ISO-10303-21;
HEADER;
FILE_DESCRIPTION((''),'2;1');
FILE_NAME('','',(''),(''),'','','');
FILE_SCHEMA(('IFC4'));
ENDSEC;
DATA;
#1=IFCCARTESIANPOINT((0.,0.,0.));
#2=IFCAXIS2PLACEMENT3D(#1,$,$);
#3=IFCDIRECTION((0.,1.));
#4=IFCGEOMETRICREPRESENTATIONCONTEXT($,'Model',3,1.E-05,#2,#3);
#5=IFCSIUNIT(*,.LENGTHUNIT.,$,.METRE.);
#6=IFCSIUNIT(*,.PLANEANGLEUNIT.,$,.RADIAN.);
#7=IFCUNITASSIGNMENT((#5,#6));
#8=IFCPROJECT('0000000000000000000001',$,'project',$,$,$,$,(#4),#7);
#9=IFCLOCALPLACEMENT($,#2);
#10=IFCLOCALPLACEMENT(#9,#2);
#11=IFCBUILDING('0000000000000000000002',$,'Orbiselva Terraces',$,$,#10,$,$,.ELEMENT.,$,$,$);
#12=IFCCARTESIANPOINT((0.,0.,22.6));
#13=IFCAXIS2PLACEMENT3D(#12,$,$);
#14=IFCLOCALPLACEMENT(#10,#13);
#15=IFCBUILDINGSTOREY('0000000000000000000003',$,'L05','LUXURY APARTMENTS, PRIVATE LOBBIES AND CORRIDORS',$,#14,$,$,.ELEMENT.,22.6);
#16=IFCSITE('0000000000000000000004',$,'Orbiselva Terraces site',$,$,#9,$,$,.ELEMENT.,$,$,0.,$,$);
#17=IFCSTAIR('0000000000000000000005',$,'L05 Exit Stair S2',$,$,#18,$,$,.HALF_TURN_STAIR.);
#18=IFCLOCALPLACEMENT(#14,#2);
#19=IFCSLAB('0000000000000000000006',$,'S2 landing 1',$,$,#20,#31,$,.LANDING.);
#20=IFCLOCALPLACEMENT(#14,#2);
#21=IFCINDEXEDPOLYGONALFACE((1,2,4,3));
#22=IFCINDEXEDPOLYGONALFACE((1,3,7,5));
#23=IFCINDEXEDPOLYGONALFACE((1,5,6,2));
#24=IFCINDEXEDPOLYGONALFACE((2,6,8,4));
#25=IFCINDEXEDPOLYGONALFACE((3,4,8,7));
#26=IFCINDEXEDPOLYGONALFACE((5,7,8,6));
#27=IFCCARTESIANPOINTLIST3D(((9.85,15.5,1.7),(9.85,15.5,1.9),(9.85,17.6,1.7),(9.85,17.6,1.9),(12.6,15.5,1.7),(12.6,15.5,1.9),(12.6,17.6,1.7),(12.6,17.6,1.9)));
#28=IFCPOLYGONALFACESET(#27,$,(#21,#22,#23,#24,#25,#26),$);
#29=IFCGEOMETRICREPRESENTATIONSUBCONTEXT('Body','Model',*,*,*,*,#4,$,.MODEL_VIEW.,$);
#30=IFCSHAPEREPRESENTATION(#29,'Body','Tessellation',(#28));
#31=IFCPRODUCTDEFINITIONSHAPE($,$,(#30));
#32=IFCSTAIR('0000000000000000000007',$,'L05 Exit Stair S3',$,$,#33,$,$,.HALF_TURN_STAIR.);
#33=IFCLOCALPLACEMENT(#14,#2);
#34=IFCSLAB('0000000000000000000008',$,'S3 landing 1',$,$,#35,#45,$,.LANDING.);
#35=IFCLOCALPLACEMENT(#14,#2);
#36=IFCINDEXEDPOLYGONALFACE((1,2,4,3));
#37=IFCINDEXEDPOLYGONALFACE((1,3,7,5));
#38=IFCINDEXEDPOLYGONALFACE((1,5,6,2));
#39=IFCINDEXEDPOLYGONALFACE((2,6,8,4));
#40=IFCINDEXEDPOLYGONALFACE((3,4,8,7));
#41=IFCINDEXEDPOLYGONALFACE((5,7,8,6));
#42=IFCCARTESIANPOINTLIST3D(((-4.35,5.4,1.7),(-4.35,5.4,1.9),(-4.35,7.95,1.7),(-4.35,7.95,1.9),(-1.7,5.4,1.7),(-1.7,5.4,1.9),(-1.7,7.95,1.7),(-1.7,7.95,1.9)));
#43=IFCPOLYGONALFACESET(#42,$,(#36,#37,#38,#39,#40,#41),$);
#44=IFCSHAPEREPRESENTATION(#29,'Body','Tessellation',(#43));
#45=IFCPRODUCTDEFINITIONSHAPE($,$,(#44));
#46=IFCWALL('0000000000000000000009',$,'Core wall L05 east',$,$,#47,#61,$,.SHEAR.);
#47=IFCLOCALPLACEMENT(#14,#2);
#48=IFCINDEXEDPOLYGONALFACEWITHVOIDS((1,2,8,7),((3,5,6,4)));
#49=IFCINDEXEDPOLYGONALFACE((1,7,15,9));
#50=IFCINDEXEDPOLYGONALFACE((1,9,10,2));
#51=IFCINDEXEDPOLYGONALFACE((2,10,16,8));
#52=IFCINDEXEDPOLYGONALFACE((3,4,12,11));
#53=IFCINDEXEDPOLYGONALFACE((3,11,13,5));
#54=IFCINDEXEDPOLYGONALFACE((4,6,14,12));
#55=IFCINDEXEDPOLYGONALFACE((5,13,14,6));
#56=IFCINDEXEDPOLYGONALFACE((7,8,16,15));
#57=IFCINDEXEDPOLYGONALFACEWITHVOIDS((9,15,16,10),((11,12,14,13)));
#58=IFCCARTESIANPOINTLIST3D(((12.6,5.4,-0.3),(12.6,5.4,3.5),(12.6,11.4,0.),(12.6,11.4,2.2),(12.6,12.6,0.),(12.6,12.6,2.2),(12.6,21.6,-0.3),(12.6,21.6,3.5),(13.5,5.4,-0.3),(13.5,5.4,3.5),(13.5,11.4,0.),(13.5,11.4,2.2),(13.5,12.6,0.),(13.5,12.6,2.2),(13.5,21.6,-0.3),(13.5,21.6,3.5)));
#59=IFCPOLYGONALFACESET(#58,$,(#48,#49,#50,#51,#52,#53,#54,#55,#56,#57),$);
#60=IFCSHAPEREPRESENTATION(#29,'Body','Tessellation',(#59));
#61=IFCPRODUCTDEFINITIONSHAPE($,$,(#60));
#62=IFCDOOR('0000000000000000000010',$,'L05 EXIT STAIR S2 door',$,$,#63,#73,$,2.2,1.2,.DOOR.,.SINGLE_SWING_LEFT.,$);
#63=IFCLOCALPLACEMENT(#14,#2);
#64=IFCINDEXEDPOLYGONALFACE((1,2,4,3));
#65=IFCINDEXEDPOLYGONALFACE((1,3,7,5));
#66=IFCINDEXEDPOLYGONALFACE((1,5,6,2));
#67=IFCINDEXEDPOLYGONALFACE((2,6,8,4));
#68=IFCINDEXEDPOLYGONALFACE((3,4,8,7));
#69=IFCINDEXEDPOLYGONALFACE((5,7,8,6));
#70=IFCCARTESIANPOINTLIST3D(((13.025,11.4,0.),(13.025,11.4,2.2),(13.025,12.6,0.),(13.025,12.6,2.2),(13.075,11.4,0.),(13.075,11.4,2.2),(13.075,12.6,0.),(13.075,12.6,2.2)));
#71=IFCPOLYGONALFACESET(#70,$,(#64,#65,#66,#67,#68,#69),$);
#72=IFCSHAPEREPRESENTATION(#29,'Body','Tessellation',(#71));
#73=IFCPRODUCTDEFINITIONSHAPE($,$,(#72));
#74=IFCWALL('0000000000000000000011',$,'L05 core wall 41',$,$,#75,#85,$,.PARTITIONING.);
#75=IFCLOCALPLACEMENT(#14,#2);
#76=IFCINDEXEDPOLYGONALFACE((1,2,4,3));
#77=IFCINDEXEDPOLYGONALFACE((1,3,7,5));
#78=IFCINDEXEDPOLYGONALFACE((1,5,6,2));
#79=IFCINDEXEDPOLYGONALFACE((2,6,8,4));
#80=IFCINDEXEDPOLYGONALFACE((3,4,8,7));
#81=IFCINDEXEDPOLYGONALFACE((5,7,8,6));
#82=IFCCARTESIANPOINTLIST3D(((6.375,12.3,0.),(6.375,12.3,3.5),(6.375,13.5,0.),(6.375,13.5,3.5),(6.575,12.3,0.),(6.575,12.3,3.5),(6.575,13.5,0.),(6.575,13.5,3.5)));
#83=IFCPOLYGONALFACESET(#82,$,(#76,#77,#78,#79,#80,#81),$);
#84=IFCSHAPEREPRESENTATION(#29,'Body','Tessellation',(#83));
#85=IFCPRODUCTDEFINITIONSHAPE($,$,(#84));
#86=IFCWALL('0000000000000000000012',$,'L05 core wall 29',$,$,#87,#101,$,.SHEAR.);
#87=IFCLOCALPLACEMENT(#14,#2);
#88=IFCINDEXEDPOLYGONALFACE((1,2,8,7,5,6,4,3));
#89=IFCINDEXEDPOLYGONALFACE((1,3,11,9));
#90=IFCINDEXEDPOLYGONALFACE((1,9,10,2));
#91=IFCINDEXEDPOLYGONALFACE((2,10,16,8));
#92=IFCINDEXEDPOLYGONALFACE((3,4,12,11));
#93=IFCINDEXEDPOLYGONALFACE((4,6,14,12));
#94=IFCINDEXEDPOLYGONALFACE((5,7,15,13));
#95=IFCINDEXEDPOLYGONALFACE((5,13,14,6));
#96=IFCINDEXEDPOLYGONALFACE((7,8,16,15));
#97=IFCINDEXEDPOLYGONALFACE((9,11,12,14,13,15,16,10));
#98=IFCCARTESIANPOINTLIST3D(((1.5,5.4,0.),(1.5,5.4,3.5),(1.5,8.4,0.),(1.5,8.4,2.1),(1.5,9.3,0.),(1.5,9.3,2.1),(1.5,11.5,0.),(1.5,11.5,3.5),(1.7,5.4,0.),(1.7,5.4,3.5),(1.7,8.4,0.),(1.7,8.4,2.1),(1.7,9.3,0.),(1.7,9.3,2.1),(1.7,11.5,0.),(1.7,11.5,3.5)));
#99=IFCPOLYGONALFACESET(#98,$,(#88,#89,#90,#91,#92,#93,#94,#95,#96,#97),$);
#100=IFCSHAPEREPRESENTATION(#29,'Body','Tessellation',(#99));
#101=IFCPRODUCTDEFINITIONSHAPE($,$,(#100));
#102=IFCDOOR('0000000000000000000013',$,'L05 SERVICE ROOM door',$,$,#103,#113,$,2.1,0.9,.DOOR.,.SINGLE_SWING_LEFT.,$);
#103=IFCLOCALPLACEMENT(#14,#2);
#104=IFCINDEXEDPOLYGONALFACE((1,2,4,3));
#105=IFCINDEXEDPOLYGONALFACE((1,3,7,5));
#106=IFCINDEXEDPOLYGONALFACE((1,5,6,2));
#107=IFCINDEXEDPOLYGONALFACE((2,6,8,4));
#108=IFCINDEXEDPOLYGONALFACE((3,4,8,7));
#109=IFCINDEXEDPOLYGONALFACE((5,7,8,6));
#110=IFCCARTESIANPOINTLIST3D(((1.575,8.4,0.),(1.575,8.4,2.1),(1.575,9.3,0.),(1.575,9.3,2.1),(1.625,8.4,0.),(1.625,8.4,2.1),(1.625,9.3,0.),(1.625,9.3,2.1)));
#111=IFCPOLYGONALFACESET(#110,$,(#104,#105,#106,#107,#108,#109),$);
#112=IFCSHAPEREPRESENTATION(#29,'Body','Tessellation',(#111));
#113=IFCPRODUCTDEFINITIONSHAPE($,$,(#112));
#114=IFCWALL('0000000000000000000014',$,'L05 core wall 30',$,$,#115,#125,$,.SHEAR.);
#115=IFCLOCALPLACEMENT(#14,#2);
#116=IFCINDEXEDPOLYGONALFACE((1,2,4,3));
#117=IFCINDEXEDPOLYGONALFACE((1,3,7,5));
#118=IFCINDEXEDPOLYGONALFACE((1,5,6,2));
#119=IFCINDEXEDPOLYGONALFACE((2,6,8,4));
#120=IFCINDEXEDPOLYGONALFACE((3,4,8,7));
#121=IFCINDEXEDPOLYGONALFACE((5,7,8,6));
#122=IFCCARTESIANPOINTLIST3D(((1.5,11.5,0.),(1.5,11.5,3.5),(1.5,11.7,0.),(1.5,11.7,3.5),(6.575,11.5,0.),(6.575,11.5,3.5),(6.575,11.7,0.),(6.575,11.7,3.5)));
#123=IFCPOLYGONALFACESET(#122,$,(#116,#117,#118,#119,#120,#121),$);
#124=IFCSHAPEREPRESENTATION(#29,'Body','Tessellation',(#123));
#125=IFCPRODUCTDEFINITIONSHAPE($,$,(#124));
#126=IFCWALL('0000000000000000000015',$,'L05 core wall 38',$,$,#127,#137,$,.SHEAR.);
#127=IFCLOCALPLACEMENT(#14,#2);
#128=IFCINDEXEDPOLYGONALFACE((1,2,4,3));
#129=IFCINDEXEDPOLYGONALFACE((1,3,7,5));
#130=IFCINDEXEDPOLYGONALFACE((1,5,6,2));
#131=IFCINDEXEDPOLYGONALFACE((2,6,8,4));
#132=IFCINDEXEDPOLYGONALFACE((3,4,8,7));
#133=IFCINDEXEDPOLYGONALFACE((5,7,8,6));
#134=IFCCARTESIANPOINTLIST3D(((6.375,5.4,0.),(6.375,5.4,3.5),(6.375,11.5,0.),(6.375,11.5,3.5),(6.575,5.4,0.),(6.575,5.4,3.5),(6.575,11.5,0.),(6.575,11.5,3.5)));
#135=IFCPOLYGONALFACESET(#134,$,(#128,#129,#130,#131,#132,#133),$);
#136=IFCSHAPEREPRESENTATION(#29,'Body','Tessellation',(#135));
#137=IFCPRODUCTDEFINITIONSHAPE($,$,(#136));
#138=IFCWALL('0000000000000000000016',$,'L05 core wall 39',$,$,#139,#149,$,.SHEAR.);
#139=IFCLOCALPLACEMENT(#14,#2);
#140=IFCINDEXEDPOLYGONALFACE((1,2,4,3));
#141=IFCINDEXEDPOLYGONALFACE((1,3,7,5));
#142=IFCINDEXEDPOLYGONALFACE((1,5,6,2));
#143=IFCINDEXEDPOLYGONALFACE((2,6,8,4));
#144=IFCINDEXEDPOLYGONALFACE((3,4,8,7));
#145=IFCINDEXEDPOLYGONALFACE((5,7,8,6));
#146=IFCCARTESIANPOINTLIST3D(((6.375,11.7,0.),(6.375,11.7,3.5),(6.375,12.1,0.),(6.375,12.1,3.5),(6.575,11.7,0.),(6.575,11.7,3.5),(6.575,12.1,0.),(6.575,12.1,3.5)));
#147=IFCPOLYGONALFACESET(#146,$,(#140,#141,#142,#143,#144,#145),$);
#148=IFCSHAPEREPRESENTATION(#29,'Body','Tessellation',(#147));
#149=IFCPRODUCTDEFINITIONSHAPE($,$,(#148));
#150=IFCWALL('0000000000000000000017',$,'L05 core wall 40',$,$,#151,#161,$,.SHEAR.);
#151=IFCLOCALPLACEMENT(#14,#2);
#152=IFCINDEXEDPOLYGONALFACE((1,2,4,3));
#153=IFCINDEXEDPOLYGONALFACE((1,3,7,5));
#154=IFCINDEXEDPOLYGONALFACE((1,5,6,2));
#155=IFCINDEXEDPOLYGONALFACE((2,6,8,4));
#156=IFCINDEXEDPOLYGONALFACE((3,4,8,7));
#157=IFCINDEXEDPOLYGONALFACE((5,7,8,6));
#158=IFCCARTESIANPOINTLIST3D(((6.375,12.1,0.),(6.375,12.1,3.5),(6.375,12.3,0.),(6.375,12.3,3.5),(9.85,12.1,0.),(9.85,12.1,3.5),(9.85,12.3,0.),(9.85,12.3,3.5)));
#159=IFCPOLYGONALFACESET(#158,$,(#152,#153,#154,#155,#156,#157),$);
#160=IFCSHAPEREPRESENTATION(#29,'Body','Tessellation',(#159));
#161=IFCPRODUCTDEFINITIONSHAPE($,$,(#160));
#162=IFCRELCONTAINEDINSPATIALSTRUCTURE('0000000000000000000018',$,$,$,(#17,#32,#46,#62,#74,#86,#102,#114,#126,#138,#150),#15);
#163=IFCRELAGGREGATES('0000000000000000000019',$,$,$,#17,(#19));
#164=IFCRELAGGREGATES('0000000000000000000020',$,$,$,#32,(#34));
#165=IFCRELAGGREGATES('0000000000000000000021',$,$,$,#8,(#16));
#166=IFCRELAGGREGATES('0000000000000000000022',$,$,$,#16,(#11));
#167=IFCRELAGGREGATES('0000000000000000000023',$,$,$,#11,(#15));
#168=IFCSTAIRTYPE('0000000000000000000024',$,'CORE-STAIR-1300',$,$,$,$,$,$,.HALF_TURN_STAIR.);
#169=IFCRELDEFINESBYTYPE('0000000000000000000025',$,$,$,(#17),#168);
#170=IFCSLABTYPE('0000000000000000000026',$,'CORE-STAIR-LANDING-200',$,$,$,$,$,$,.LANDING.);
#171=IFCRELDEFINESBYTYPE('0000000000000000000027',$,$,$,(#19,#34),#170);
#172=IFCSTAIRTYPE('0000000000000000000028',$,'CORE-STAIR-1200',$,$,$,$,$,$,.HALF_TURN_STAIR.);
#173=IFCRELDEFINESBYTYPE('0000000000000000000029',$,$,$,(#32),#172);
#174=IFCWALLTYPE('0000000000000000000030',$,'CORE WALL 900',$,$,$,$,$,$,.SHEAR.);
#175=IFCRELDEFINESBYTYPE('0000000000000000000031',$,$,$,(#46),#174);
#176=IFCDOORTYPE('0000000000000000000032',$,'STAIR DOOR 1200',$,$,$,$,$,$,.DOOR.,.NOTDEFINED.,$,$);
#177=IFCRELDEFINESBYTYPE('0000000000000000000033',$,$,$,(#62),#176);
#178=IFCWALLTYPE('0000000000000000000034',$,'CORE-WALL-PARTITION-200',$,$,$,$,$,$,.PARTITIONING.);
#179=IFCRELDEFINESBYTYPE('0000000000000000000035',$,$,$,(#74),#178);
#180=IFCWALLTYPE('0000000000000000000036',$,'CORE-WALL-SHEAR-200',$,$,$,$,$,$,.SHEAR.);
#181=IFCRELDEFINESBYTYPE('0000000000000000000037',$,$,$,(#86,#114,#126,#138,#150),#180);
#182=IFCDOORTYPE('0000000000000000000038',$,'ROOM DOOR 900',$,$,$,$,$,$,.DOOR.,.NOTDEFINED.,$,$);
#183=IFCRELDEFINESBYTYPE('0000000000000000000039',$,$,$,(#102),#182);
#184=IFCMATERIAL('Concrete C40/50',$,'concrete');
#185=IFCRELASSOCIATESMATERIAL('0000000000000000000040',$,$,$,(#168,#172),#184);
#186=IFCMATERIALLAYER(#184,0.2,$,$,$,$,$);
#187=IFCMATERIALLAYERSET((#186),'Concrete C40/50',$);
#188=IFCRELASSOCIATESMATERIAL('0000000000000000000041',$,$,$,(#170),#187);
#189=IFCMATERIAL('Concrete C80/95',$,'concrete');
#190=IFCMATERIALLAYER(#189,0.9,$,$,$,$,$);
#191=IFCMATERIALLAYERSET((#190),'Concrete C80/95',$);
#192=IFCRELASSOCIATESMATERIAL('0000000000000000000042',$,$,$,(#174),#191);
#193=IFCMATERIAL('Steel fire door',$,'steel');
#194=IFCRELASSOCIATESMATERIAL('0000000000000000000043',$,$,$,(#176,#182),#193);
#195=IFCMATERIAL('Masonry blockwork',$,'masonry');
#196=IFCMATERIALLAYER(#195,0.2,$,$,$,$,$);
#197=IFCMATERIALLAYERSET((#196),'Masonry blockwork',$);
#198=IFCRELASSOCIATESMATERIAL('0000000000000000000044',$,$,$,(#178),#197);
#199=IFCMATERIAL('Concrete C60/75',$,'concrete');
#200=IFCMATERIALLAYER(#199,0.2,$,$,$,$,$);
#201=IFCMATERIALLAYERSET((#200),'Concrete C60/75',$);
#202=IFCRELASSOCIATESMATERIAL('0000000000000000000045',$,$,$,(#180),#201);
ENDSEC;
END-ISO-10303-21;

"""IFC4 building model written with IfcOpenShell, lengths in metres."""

from ifc_helpers import new_model, si_unit, direction, frame, frame_2d, origin, place, context, subcontext, project, spatial, polyline, rectangle, outline, extrude, material, layer, layer_set, type_object, element, fill, aggregate, save


model = new_model("IFC4")

# Units and contexts
model_context = context("Model", 3, precision=1e-05, world=origin(), true_north=direction((0.0, 1.0)))
body_context = subcontext(model_context, "Body", "Model", "MODEL_VIEW")
ifc_project = project(units=[si_unit("LENGTHUNIT", "METRE"), si_unit("PLANEANGLEUNIT", "RADIAN")], contexts=[model_context])

# Site, building, storey
site_placement = place(None, origin())
site = spatial("IfcSite", under=ifc_project, at=site_placement, Name="Orbiselva Terraces site", CompositionType="ELEMENT", RefElevation=0.0)
building_placement = place(site_placement, origin())
building = spatial("IfcBuilding", under=site, at=building_placement, Name="Orbiselva Terraces", CompositionType="ELEMENT")
storey_placement = place(building_placement, frame((0.0, 0.0, 22.6)))
storey = spatial("IfcBuildingStorey", under=building, at=storey_placement, Name="L05", Description="LUXURY APARTMENTS, PRIVATE LOBBIES AND CORRIDORS", CompositionType="ELEMENT", Elevation=22.6)

# Stairs, slabs
ifc_material_1 = material(Name="Concrete C40/50", Category="concrete")
stair_type_1 = type_object("IfcStairType", Name="CORE-STAIR-1300", PredefinedType="HALF_TURN_STAIR", material=ifc_material_1)
stair_1_placement = place(storey_placement, origin())
stair_1 = element("IfcStair", 1, at=stair_1_placement, inside=storey, type_object=stair_type_1, Name="L05 Exit Stair S2", PredefinedType="HALF_TURN_STAIR")
ifc_layer_1 = layer(ifc_material_1, 0.2)
ifc_layer_set_1 = layer_set([ifc_layer_1], Name="Concrete C40/50")
slab_type = type_object("IfcSlabType", Name="CORE-STAIR-LANDING-200", PredefinedType="LANDING", material=ifc_layer_set_1)
slab_1_placement = place(storey_placement, frame((0.0, 0.0, 1.7)))
slab_1 = element("IfcSlab", 2, at=slab_1_placement, type_object=slab_type, Name="S2 landing 1", PredefinedType="LANDING", context=body_context, shape_type="SweptSolid", body=[
    extrude(outline(polyline([(12.6, 15.5), (12.6, 17.6), (9.85, 17.6), (9.85, 15.5), (12.6, 15.5)])), origin(), (0.0, 0.0, 1.0), 0.2),
])
aggregate(stair_1, [slab_1])
stair_type_2 = type_object("IfcStairType", Name="CORE-STAIR-1200", PredefinedType="HALF_TURN_STAIR", material=ifc_material_1)
stair_2_placement = place(storey_placement, origin())
stair_2 = element("IfcStair", 3, at=stair_2_placement, inside=storey, type_object=stair_type_2, Name="L05 Exit Stair S3", PredefinedType="HALF_TURN_STAIR")
slab_2_placement = place(storey_placement, frame((0.0, 0.0, 1.7)))
slab_2 = element("IfcSlab", 4, at=slab_2_placement, type_object=slab_type, Name="S3 landing 1", PredefinedType="LANDING", context=body_context, shape_type="SweptSolid", body=[
    extrude(outline(polyline([(-4.35, 5.4), (-1.7, 5.4), (-1.7, 7.95), (-4.35, 7.95), (-4.35, 5.4)])), origin(), (0.0, 0.0, 1.0), 0.2),
])
aggregate(stair_2, [slab_2])

# Wall, opening, door
ifc_material_2 = material(Name="Concrete C80/95", Category="concrete")
ifc_layer_2 = layer(ifc_material_2, 0.9)
ifc_layer_set_2 = layer_set([ifc_layer_2], Name="Concrete C80/95")
wall_type_1 = type_object("IfcWallType", Name="CORE WALL 900", PredefinedType="SHEAR", material=ifc_layer_set_2)
wall_1_placement = place(storey_placement, frame((13.05, 5.4, -0.3), z_axis=(0.0, 0.0, 1.0), x_axis=(0.0, 1.0, 0.0)))
wall_1 = element("IfcWall", 5, at=wall_1_placement, inside=storey, type_object=wall_type_1, Name="Core wall L05 east", PredefinedType="SHEAR", context=body_context, shape_type="SweptSolid", body=[
    extrude(rectangle(XDim=16.2, YDim=0.9, at=frame_2d((8.1, 0.0))), origin(), (0.0, 0.0, 1.0), 3.8),
])
opening_1_placement = place(wall_1_placement, frame((6.0, 0.0, 0.3)))
opening_1 = element("IfcOpeningElement", 6, at=opening_1_placement, cuts=wall_1, PredefinedType="OPENING", context=body_context, shape_type="SweptSolid", body=[
    extrude(rectangle(XDim=1.2, YDim=2.2, at=frame_2d((0.6, 1.1))), frame((0.0, 0.46, 0.0), z_axis=(0.0, -1.0, 0.0), x_axis=(1.0, 0.0, 0.0)), (0.0, 0.0, 1.0), 0.92),
])
ifc_material_3 = material(Name="Steel fire door", Category="steel")
door_type_1 = type_object("IfcDoorType", Name="STAIR DOOR 1200", OperationType="NOTDEFINED", PredefinedType="DOOR", material=ifc_material_3)
door_1_placement = place(opening_1_placement, frame((1.2, 0.0, 0.0), z_axis=(0.0, 0.0, 1.0), x_axis=(-1.0, 0.0, 0.0)))
door_1 = element("IfcDoor", 7, at=door_1_placement, inside=storey, type_object=door_type_1, Name="L05 EXIT STAIR S2 door", OperationType="SINGLE_SWING_LEFT", OverallHeight=2.2, OverallWidth=1.2, PredefinedType="DOOR", context=body_context, shape_type="SweptSolid", body=[
    extrude(rectangle(XDim=1.2, YDim=2.2, at=frame_2d((0.6, 1.1))), frame((0.0, 0.025, 0.0), z_axis=(0.0, -1.0, 0.0), x_axis=(1.0, 0.0, 0.0)), (0.0, 0.0, 1.0), 0.05),
])
fill(opening_1, door_1)

# Wall
ifc_material_4 = material(Name="Masonry blockwork", Category="masonry")
ifc_layer_3 = layer(ifc_material_4, 0.2)
ifc_layer_set_3 = layer_set([ifc_layer_3], Name="Masonry blockwork")
wall_type_2 = type_object("IfcWallType", Name="CORE-WALL-PARTITION-200", PredefinedType="PARTITIONING", material=ifc_layer_set_3)
wall_2_placement = place(storey_placement, frame((6.475, 12.3, 0.0), z_axis=(0.0, 0.0, 1.0), x_axis=(0.0, 1.0, 0.0)))
element("IfcWall", 8, at=wall_2_placement, inside=storey, type_object=wall_type_2, Name="L05 core wall 41", PredefinedType="PARTITIONING", context=body_context, shape_type="SweptSolid", body=[
    extrude(rectangle(XDim=1.2, YDim=0.2, at=frame_2d((0.6, 0.0))), origin(), (0.0, 0.0, 1.0), 3.5),
])

# Wall, opening, door
ifc_material_5 = material(Name="Concrete C60/75", Category="concrete")
ifc_layer_4 = layer(ifc_material_5, 0.2)
ifc_layer_set_4 = layer_set([ifc_layer_4], Name="Concrete C60/75")
wall_type_3 = type_object("IfcWallType", Name="CORE-WALL-SHEAR-200", PredefinedType="SHEAR", material=ifc_layer_set_4)
wall_3_placement = place(storey_placement, frame((1.6, 11.5, 0.0), z_axis=(0.0, 0.0, 1.0), x_axis=(0.0, -1.0, 0.0)))
wall_3 = element("IfcWall", 9, at=wall_3_placement, inside=storey, type_object=wall_type_3, Name="L05 core wall 29", PredefinedType="SHEAR", context=body_context, shape_type="SweptSolid", body=[
    extrude(rectangle(XDim=6.1, YDim=0.2, at=frame_2d((3.05, 0.0))), origin(), (0.0, 0.0, 1.0), 3.5),
])
opening_2_placement = place(wall_3_placement, frame((2.2, 0.0, 0.0)))
opening_2 = element("IfcOpeningElement", 10, at=opening_2_placement, cuts=wall_3, PredefinedType="OPENING", context=body_context, shape_type="SweptSolid", body=[
    extrude(rectangle(XDim=0.9, YDim=2.1, at=frame_2d((0.45, 1.05))), frame((0.0, 0.11, 0.0), z_axis=(0.0, -1.0, 0.0), x_axis=(1.0, 0.0, 0.0)), (0.0, 0.0, 1.0), 0.22),
])
door_type_2 = type_object("IfcDoorType", Name="ROOM DOOR 900", OperationType="NOTDEFINED", PredefinedType="DOOR", material=ifc_material_3)
door_2_placement = place(opening_2_placement, origin())
door_2 = element("IfcDoor", 11, at=door_2_placement, inside=storey, type_object=door_type_2, Name="L05 SERVICE ROOM door", OperationType="SINGLE_SWING_LEFT", OverallHeight=2.1, OverallWidth=0.9, PredefinedType="DOOR", context=body_context, shape_type="SweptSolid", body=[
    extrude(rectangle(XDim=0.9, YDim=2.1, at=frame_2d((0.45, 1.05))), frame((0.0, 0.025, 0.0), z_axis=(0.0, -1.0, 0.0), x_axis=(1.0, 0.0, 0.0)), (0.0, 0.0, 1.0), 0.05),
])
fill(opening_2, door_2)

# Walls
wall_4_placement = place(storey_placement, frame((1.5, 11.6, 0.0), z_axis=(0.0, 0.0, 1.0), x_axis=(1.0, 0.0, 0.0)))
element("IfcWall", 12, at=wall_4_placement, inside=storey, type_object=wall_type_3, Name="L05 core wall 30", PredefinedType="SHEAR", context=body_context, shape_type="SweptSolid", body=[
    extrude(rectangle(XDim=5.075, YDim=0.2, at=frame_2d((2.5375, 0.0))), origin(), (0.0, 0.0, 1.0), 3.5),
])
wall_5_placement = place(storey_placement, frame((6.475, 5.4, 0.0), z_axis=(0.0, 0.0, 1.0), x_axis=(0.0, 1.0, 0.0)))
element("IfcWall", 13, at=wall_5_placement, inside=storey, type_object=wall_type_3, Name="L05 core wall 38", PredefinedType="SHEAR", context=body_context, shape_type="SweptSolid", body=[
    extrude(rectangle(XDim=6.1, YDim=0.2, at=frame_2d((3.05, 0.0))), origin(), (0.0, 0.0, 1.0), 3.5),
])
wall_6_placement = place(storey_placement, frame((6.475, 11.7, 0.0), z_axis=(0.0, 0.0, 1.0), x_axis=(0.0, 1.0, 0.0)))
element("IfcWall", 14, at=wall_6_placement, inside=storey, type_object=wall_type_3, Name="L05 core wall 39", PredefinedType="SHEAR", context=body_context, shape_type="SweptSolid", body=[
    extrude(rectangle(XDim=0.4, YDim=0.2, at=frame_2d((0.2, 0.0))), origin(), (0.0, 0.0, 1.0), 3.5),
])
wall_7_placement = place(storey_placement, frame((6.375, 12.2, 0.0), z_axis=(0.0, 0.0, 1.0), x_axis=(1.0, 0.0, 0.0)))
element("IfcWall", 15, at=wall_7_placement, inside=storey, type_object=wall_type_3, Name="L05 core wall 40", PredefinedType="SHEAR", context=body_context, shape_type="SweptSolid", body=[
    extrude(rectangle(XDim=3.475, YDim=0.2, at=frame_2d((1.7375, 0.0))), origin(), (0.0, 0.0, 1.0), 3.5),
])

save(model, "model.ifc")
